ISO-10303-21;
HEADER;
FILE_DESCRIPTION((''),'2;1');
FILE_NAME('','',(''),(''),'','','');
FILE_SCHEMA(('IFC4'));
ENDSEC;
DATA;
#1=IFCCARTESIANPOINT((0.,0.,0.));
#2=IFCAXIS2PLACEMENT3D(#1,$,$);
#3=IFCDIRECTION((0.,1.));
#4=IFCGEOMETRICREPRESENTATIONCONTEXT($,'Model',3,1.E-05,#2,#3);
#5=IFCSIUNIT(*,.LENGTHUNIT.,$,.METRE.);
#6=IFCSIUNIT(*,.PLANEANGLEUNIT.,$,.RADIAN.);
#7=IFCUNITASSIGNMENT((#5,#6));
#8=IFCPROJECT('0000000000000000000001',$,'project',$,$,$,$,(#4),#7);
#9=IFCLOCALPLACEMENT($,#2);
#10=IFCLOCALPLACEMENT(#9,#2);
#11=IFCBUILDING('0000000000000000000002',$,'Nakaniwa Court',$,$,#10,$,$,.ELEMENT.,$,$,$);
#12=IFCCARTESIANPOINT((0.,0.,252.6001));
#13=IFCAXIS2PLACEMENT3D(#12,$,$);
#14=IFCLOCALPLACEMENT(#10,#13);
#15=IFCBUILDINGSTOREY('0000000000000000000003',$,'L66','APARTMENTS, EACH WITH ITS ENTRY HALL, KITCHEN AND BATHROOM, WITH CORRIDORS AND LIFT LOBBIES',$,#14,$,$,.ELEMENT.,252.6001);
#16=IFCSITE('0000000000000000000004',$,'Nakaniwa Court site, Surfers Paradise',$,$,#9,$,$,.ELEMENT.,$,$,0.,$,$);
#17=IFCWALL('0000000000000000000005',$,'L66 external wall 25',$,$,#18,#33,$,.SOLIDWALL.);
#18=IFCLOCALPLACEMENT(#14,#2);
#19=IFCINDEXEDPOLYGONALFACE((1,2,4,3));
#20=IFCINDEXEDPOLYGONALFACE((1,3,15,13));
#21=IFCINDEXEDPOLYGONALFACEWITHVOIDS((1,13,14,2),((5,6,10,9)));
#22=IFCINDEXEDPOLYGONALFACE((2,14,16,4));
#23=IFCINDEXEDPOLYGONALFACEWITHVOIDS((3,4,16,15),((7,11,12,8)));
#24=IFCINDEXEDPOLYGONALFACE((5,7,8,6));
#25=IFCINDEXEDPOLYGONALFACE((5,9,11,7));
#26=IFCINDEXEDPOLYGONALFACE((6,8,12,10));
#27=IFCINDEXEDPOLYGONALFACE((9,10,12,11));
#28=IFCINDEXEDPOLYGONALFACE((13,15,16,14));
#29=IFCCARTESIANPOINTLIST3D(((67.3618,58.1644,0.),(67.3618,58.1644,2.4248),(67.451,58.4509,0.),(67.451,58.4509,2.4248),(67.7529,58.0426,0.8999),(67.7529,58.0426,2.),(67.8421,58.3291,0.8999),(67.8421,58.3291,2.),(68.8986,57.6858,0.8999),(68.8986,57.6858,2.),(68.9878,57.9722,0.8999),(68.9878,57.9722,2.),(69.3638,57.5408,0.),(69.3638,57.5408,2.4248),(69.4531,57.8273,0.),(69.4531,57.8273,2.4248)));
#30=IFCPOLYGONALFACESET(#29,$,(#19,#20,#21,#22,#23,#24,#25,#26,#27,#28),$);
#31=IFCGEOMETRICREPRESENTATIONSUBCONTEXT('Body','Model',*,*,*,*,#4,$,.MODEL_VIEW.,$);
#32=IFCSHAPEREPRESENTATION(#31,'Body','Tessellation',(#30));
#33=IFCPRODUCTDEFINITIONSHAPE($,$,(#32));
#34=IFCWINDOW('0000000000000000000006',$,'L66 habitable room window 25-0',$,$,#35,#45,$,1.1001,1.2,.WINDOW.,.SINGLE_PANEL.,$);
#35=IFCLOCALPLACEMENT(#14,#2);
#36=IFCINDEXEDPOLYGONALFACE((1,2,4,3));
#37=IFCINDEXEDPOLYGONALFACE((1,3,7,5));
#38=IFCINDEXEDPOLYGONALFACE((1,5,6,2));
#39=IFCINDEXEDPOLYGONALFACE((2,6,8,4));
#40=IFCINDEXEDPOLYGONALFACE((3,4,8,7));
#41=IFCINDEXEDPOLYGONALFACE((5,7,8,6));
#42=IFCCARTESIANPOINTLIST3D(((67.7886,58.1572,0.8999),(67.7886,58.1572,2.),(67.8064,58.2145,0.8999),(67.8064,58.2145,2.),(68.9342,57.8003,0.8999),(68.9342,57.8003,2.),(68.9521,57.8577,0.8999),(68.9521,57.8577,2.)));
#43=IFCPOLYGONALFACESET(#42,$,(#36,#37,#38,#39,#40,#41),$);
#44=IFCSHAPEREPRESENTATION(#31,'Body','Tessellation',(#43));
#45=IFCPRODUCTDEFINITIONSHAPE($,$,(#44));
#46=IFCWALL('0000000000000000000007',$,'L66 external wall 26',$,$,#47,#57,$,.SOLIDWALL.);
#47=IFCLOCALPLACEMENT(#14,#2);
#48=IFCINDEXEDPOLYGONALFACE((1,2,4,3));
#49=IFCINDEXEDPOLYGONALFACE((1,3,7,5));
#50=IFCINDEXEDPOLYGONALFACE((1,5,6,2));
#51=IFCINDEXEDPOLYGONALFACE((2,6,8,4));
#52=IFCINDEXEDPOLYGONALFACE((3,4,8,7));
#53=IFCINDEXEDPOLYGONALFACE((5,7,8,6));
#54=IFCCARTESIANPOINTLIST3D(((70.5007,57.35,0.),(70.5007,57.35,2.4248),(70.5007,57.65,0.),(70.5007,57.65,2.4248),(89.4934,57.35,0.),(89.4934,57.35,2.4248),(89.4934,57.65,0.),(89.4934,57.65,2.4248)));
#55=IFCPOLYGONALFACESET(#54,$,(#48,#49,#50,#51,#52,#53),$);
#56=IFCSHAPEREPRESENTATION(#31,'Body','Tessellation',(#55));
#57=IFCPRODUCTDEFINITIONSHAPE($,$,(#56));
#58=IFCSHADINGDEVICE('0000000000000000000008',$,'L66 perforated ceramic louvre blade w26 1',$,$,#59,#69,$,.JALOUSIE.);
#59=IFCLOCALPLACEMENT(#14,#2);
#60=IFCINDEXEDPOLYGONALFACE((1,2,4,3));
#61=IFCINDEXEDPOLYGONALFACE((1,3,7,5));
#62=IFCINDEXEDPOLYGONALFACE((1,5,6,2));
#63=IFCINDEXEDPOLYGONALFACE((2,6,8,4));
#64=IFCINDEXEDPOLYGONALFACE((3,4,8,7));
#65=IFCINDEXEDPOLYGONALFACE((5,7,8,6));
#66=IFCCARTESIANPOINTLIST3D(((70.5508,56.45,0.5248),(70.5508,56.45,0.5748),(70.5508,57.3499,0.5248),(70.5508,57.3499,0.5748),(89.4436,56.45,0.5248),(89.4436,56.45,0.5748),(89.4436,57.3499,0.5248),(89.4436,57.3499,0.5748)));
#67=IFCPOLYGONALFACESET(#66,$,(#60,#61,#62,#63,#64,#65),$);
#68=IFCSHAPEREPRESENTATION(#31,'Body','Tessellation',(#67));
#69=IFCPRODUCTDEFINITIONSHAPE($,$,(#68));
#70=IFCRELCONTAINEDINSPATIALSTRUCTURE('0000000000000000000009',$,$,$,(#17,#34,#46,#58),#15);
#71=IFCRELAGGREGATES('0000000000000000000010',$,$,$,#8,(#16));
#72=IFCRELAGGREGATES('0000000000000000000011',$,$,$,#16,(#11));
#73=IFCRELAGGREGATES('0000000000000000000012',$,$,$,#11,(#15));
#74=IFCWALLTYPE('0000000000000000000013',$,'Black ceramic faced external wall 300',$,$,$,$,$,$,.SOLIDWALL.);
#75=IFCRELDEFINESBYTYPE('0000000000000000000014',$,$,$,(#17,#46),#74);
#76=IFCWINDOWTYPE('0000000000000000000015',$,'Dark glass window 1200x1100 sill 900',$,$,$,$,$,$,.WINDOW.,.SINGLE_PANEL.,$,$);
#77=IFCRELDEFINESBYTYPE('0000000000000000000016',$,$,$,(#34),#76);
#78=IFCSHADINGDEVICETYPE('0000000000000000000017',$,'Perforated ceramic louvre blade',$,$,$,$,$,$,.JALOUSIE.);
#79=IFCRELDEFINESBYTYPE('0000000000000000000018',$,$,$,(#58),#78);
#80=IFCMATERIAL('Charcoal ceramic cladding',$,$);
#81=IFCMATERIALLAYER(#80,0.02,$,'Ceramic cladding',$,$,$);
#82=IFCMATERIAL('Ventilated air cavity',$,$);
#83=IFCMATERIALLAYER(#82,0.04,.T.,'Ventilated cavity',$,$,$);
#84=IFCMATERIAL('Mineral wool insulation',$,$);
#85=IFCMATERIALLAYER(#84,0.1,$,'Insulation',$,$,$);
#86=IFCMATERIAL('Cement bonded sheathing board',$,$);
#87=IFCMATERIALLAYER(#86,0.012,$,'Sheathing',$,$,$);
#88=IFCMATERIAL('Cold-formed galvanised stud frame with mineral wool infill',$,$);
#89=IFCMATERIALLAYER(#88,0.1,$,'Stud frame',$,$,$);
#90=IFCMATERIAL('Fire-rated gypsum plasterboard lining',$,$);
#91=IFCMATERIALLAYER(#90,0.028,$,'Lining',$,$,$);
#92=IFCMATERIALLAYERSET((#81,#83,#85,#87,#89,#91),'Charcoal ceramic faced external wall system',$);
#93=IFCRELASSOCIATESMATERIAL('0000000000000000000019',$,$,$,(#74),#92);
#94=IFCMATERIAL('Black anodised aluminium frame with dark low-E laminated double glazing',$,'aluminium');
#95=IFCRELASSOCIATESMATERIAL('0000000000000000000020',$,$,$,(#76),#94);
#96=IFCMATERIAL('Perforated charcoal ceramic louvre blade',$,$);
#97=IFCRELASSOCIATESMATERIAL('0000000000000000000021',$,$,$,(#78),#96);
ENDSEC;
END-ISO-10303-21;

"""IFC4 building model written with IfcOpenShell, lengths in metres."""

from ifc_helpers import new_model, si_unit, direction, frame, frame_2d, origin, origin_2d, place, context, subcontext, project, spatial, rectangle, extrude, material, layer, layer_set, material_profile, profile_set, type_object, element, fill, save


model = new_model("IFC4")

# Units and contexts
model_context = context("Model", 3, precision=1e-05, world=origin(), true_north=direction((0.0, 1.0)))
body_context = subcontext(model_context, "Body", "Model", "MODEL_VIEW")
ifc_project = project(units=[si_unit("LENGTHUNIT", "METRE"), si_unit("PLANEANGLEUNIT", "RADIAN")], contexts=[model_context])

# Site, building, storey
site_placement = place(None, origin())
site = spatial("IfcSite", under=ifc_project, at=site_placement, Name="Nakaniwa Court site, Surfers Paradise", CompositionType="ELEMENT", RefElevation=0.0)
building_placement = place(site_placement, origin())
building = spatial("IfcBuilding", under=site, at=building_placement, Name="Nakaniwa Court", CompositionType="ELEMENT")
storey_placement = place(building_placement, frame((0.0, 0.0, 252.6001)))
storey = spatial("IfcBuildingStorey", under=building, at=storey_placement, Name="L66", Description="APARTMENTS, EACH WITH ITS ENTRY HALL, KITCHEN AND BATHROOM, WITH CORRIDORS AND LIFT LOBBIES", CompositionType="ELEMENT", Elevation=252.6001)

# Wall, opening, window
ifc_material_1 = material(Name="Charcoal ceramic cladding")
ifc_layer_1 = layer(ifc_material_1, 0.02, Name="Ceramic cladding")
ifc_material_2 = material(Name="Ventilated air cavity")
ifc_layer_2 = layer(ifc_material_2, 0.04, ventilated=True, Name="Ventilated cavity")
ifc_material_3 = material(Name="Mineral wool insulation")
ifc_layer_3 = layer(ifc_material_3, 0.1, Name="Insulation")
ifc_material_4 = material(Name="Cement bonded sheathing board")
ifc_layer_4 = layer(ifc_material_4, 0.012, Name="Sheathing")
ifc_material_5 = material(Name="Cold-formed galvanised stud frame with mineral wool infill")
ifc_layer_5 = layer(ifc_material_5, 0.1, Name="Stud frame")
ifc_material_6 = material(Name="Fire-rated gypsum plasterboard lining")
ifc_layer_6 = layer(ifc_material_6, 0.028, Name="Lining")
ifc_layer_set_1 = layer_set([ifc_layer_1, ifc_layer_2, ifc_layer_3, ifc_layer_4, ifc_layer_5, ifc_layer_6], Name="Charcoal ceramic faced external wall system")
wall_type_1 = type_object("IfcWallType", Name="Black ceramic faced external wall 300", PredefinedType="SOLIDWALL", material=ifc_layer_set_1)
ifc_material_7 = material(Name="Black anodised aluminium frame with dark low-E laminated double glazing", Category="aluminium")
window_type_1 = type_object("IfcWindowType", Name="Dark glass window 1200x1100 sill 900", PartitioningType="SINGLE_PANEL", PredefinedType="WINDOW", material=ifc_material_7)
wall_1_placement = place(storey_placement, frame((67.4065, 58.3076, 0.0), z_axis=(0.0, 0.0, 1.0), x_axis=(0.954761, -0.297373, 0.0)))
wall_1 = element("IfcWall", 1, at=wall_1_placement, inside=storey, type_object=wall_type_1, Name="L66 external wall 25", PredefinedType="SOLIDWALL", context=body_context, shape_type="SweptSolid", body=[
    extrude(rectangle(XDim=2.0969, YDim=0.3, at=frame_2d((1.0483, 0.0))), origin(), (0.0, 0.0, 1.0), 2.4248),
])
opening_1_placement = place(wall_1_placement, frame((0.4094, 0.0, 0.8999)))
opening_1 = element("IfcOpeningElement", 2, at=opening_1_placement, cuts=wall_1, PredefinedType="OPENING", context=body_context, shape_type="SweptSolid", body=[
    extrude(rectangle(XDim=1.2, YDim=1.1001, at=frame_2d((0.6001, 0.55))), frame((0.0, 0.1599, 0.0), z_axis=(0.0, -1.0, 0.0), x_axis=(1.0, 0.0, 0.0)), (0.0, 0.0, 1.0), 0.3201),
])
window_1_placement = place(opening_1_placement, origin())
window_1 = element("IfcWindow", 3, at=window_1_placement, inside=storey, type_object=window_type_1, Name="L66 habitable room window 25-0", OverallHeight=1.1001, OverallWidth=1.2, PartitioningType="SINGLE_PANEL", PredefinedType="WINDOW", context=body_context, shape_type="SweptSolid", body=[
    extrude(rectangle(XDim=1.2, YDim=1.1001, at=frame_2d((0.6001, 0.55))), frame((0.0, 0.03, 0.0), z_axis=(0.0, -1.0, 0.0), x_axis=(1.0, 0.0, 0.0)), (0.0, 0.0, 1.0), 0.0601),
])
fill(opening_1, window_1)

# Wall
wall_2_placement = place(storey_placement, frame((70.5007, 57.5, 0.0), z_axis=(0.0, 0.0, 1.0), x_axis=(1.0, 0.0, 0.0)))
element("IfcWall", 4, at=wall_2_placement, inside=storey, type_object=wall_type_1, Name="L66 external wall 26", PredefinedType="SOLIDWALL", context=body_context, shape_type="SweptSolid", body=[
    extrude(rectangle(XDim=18.9927, YDim=0.3, at=frame_2d((9.4963, 0.0))), origin(), (0.0, 0.0, 1.0), 2.4248),
])

# Shading device
ifc_material_8 = material(Name="Perforated charcoal ceramic louvre blade")
ifc_material_profile_1 = material_profile(ifc_material_8, rectangle(XDim=0.8999, YDim=0.05, at=origin_2d()), Name="Perforated ceramic louvre blade")
ifc_profile_set_1 = profile_set([ifc_material_profile_1], Name="Perforated charcoal ceramic louvre blade")
shading_device_type = type_object("IfcShadingDeviceType", Name="Perforated ceramic louvre blade", PredefinedType="JALOUSIE", material=ifc_profile_set_1)
shading_device_placement = place(storey_placement, frame((70.5508, 56.8999, 0.5498), z_axis=(1.0, 0.0, 0.0), x_axis=(0.0, 1.0, 0.0)))
element("IfcShadingDevice", 5, at=shading_device_placement, inside=storey, type_object=shading_device_type, Name="L66 perforated ceramic louvre blade w26 1", PredefinedType="JALOUSIE", context=body_context, shape_type="SweptSolid", body=[
    extrude(rectangle(XDim=0.8999, YDim=0.05, at=origin_2d()), origin(), (0.0, 0.0, 1.0), 18.8928),
])

save(model, "model.ifc")
